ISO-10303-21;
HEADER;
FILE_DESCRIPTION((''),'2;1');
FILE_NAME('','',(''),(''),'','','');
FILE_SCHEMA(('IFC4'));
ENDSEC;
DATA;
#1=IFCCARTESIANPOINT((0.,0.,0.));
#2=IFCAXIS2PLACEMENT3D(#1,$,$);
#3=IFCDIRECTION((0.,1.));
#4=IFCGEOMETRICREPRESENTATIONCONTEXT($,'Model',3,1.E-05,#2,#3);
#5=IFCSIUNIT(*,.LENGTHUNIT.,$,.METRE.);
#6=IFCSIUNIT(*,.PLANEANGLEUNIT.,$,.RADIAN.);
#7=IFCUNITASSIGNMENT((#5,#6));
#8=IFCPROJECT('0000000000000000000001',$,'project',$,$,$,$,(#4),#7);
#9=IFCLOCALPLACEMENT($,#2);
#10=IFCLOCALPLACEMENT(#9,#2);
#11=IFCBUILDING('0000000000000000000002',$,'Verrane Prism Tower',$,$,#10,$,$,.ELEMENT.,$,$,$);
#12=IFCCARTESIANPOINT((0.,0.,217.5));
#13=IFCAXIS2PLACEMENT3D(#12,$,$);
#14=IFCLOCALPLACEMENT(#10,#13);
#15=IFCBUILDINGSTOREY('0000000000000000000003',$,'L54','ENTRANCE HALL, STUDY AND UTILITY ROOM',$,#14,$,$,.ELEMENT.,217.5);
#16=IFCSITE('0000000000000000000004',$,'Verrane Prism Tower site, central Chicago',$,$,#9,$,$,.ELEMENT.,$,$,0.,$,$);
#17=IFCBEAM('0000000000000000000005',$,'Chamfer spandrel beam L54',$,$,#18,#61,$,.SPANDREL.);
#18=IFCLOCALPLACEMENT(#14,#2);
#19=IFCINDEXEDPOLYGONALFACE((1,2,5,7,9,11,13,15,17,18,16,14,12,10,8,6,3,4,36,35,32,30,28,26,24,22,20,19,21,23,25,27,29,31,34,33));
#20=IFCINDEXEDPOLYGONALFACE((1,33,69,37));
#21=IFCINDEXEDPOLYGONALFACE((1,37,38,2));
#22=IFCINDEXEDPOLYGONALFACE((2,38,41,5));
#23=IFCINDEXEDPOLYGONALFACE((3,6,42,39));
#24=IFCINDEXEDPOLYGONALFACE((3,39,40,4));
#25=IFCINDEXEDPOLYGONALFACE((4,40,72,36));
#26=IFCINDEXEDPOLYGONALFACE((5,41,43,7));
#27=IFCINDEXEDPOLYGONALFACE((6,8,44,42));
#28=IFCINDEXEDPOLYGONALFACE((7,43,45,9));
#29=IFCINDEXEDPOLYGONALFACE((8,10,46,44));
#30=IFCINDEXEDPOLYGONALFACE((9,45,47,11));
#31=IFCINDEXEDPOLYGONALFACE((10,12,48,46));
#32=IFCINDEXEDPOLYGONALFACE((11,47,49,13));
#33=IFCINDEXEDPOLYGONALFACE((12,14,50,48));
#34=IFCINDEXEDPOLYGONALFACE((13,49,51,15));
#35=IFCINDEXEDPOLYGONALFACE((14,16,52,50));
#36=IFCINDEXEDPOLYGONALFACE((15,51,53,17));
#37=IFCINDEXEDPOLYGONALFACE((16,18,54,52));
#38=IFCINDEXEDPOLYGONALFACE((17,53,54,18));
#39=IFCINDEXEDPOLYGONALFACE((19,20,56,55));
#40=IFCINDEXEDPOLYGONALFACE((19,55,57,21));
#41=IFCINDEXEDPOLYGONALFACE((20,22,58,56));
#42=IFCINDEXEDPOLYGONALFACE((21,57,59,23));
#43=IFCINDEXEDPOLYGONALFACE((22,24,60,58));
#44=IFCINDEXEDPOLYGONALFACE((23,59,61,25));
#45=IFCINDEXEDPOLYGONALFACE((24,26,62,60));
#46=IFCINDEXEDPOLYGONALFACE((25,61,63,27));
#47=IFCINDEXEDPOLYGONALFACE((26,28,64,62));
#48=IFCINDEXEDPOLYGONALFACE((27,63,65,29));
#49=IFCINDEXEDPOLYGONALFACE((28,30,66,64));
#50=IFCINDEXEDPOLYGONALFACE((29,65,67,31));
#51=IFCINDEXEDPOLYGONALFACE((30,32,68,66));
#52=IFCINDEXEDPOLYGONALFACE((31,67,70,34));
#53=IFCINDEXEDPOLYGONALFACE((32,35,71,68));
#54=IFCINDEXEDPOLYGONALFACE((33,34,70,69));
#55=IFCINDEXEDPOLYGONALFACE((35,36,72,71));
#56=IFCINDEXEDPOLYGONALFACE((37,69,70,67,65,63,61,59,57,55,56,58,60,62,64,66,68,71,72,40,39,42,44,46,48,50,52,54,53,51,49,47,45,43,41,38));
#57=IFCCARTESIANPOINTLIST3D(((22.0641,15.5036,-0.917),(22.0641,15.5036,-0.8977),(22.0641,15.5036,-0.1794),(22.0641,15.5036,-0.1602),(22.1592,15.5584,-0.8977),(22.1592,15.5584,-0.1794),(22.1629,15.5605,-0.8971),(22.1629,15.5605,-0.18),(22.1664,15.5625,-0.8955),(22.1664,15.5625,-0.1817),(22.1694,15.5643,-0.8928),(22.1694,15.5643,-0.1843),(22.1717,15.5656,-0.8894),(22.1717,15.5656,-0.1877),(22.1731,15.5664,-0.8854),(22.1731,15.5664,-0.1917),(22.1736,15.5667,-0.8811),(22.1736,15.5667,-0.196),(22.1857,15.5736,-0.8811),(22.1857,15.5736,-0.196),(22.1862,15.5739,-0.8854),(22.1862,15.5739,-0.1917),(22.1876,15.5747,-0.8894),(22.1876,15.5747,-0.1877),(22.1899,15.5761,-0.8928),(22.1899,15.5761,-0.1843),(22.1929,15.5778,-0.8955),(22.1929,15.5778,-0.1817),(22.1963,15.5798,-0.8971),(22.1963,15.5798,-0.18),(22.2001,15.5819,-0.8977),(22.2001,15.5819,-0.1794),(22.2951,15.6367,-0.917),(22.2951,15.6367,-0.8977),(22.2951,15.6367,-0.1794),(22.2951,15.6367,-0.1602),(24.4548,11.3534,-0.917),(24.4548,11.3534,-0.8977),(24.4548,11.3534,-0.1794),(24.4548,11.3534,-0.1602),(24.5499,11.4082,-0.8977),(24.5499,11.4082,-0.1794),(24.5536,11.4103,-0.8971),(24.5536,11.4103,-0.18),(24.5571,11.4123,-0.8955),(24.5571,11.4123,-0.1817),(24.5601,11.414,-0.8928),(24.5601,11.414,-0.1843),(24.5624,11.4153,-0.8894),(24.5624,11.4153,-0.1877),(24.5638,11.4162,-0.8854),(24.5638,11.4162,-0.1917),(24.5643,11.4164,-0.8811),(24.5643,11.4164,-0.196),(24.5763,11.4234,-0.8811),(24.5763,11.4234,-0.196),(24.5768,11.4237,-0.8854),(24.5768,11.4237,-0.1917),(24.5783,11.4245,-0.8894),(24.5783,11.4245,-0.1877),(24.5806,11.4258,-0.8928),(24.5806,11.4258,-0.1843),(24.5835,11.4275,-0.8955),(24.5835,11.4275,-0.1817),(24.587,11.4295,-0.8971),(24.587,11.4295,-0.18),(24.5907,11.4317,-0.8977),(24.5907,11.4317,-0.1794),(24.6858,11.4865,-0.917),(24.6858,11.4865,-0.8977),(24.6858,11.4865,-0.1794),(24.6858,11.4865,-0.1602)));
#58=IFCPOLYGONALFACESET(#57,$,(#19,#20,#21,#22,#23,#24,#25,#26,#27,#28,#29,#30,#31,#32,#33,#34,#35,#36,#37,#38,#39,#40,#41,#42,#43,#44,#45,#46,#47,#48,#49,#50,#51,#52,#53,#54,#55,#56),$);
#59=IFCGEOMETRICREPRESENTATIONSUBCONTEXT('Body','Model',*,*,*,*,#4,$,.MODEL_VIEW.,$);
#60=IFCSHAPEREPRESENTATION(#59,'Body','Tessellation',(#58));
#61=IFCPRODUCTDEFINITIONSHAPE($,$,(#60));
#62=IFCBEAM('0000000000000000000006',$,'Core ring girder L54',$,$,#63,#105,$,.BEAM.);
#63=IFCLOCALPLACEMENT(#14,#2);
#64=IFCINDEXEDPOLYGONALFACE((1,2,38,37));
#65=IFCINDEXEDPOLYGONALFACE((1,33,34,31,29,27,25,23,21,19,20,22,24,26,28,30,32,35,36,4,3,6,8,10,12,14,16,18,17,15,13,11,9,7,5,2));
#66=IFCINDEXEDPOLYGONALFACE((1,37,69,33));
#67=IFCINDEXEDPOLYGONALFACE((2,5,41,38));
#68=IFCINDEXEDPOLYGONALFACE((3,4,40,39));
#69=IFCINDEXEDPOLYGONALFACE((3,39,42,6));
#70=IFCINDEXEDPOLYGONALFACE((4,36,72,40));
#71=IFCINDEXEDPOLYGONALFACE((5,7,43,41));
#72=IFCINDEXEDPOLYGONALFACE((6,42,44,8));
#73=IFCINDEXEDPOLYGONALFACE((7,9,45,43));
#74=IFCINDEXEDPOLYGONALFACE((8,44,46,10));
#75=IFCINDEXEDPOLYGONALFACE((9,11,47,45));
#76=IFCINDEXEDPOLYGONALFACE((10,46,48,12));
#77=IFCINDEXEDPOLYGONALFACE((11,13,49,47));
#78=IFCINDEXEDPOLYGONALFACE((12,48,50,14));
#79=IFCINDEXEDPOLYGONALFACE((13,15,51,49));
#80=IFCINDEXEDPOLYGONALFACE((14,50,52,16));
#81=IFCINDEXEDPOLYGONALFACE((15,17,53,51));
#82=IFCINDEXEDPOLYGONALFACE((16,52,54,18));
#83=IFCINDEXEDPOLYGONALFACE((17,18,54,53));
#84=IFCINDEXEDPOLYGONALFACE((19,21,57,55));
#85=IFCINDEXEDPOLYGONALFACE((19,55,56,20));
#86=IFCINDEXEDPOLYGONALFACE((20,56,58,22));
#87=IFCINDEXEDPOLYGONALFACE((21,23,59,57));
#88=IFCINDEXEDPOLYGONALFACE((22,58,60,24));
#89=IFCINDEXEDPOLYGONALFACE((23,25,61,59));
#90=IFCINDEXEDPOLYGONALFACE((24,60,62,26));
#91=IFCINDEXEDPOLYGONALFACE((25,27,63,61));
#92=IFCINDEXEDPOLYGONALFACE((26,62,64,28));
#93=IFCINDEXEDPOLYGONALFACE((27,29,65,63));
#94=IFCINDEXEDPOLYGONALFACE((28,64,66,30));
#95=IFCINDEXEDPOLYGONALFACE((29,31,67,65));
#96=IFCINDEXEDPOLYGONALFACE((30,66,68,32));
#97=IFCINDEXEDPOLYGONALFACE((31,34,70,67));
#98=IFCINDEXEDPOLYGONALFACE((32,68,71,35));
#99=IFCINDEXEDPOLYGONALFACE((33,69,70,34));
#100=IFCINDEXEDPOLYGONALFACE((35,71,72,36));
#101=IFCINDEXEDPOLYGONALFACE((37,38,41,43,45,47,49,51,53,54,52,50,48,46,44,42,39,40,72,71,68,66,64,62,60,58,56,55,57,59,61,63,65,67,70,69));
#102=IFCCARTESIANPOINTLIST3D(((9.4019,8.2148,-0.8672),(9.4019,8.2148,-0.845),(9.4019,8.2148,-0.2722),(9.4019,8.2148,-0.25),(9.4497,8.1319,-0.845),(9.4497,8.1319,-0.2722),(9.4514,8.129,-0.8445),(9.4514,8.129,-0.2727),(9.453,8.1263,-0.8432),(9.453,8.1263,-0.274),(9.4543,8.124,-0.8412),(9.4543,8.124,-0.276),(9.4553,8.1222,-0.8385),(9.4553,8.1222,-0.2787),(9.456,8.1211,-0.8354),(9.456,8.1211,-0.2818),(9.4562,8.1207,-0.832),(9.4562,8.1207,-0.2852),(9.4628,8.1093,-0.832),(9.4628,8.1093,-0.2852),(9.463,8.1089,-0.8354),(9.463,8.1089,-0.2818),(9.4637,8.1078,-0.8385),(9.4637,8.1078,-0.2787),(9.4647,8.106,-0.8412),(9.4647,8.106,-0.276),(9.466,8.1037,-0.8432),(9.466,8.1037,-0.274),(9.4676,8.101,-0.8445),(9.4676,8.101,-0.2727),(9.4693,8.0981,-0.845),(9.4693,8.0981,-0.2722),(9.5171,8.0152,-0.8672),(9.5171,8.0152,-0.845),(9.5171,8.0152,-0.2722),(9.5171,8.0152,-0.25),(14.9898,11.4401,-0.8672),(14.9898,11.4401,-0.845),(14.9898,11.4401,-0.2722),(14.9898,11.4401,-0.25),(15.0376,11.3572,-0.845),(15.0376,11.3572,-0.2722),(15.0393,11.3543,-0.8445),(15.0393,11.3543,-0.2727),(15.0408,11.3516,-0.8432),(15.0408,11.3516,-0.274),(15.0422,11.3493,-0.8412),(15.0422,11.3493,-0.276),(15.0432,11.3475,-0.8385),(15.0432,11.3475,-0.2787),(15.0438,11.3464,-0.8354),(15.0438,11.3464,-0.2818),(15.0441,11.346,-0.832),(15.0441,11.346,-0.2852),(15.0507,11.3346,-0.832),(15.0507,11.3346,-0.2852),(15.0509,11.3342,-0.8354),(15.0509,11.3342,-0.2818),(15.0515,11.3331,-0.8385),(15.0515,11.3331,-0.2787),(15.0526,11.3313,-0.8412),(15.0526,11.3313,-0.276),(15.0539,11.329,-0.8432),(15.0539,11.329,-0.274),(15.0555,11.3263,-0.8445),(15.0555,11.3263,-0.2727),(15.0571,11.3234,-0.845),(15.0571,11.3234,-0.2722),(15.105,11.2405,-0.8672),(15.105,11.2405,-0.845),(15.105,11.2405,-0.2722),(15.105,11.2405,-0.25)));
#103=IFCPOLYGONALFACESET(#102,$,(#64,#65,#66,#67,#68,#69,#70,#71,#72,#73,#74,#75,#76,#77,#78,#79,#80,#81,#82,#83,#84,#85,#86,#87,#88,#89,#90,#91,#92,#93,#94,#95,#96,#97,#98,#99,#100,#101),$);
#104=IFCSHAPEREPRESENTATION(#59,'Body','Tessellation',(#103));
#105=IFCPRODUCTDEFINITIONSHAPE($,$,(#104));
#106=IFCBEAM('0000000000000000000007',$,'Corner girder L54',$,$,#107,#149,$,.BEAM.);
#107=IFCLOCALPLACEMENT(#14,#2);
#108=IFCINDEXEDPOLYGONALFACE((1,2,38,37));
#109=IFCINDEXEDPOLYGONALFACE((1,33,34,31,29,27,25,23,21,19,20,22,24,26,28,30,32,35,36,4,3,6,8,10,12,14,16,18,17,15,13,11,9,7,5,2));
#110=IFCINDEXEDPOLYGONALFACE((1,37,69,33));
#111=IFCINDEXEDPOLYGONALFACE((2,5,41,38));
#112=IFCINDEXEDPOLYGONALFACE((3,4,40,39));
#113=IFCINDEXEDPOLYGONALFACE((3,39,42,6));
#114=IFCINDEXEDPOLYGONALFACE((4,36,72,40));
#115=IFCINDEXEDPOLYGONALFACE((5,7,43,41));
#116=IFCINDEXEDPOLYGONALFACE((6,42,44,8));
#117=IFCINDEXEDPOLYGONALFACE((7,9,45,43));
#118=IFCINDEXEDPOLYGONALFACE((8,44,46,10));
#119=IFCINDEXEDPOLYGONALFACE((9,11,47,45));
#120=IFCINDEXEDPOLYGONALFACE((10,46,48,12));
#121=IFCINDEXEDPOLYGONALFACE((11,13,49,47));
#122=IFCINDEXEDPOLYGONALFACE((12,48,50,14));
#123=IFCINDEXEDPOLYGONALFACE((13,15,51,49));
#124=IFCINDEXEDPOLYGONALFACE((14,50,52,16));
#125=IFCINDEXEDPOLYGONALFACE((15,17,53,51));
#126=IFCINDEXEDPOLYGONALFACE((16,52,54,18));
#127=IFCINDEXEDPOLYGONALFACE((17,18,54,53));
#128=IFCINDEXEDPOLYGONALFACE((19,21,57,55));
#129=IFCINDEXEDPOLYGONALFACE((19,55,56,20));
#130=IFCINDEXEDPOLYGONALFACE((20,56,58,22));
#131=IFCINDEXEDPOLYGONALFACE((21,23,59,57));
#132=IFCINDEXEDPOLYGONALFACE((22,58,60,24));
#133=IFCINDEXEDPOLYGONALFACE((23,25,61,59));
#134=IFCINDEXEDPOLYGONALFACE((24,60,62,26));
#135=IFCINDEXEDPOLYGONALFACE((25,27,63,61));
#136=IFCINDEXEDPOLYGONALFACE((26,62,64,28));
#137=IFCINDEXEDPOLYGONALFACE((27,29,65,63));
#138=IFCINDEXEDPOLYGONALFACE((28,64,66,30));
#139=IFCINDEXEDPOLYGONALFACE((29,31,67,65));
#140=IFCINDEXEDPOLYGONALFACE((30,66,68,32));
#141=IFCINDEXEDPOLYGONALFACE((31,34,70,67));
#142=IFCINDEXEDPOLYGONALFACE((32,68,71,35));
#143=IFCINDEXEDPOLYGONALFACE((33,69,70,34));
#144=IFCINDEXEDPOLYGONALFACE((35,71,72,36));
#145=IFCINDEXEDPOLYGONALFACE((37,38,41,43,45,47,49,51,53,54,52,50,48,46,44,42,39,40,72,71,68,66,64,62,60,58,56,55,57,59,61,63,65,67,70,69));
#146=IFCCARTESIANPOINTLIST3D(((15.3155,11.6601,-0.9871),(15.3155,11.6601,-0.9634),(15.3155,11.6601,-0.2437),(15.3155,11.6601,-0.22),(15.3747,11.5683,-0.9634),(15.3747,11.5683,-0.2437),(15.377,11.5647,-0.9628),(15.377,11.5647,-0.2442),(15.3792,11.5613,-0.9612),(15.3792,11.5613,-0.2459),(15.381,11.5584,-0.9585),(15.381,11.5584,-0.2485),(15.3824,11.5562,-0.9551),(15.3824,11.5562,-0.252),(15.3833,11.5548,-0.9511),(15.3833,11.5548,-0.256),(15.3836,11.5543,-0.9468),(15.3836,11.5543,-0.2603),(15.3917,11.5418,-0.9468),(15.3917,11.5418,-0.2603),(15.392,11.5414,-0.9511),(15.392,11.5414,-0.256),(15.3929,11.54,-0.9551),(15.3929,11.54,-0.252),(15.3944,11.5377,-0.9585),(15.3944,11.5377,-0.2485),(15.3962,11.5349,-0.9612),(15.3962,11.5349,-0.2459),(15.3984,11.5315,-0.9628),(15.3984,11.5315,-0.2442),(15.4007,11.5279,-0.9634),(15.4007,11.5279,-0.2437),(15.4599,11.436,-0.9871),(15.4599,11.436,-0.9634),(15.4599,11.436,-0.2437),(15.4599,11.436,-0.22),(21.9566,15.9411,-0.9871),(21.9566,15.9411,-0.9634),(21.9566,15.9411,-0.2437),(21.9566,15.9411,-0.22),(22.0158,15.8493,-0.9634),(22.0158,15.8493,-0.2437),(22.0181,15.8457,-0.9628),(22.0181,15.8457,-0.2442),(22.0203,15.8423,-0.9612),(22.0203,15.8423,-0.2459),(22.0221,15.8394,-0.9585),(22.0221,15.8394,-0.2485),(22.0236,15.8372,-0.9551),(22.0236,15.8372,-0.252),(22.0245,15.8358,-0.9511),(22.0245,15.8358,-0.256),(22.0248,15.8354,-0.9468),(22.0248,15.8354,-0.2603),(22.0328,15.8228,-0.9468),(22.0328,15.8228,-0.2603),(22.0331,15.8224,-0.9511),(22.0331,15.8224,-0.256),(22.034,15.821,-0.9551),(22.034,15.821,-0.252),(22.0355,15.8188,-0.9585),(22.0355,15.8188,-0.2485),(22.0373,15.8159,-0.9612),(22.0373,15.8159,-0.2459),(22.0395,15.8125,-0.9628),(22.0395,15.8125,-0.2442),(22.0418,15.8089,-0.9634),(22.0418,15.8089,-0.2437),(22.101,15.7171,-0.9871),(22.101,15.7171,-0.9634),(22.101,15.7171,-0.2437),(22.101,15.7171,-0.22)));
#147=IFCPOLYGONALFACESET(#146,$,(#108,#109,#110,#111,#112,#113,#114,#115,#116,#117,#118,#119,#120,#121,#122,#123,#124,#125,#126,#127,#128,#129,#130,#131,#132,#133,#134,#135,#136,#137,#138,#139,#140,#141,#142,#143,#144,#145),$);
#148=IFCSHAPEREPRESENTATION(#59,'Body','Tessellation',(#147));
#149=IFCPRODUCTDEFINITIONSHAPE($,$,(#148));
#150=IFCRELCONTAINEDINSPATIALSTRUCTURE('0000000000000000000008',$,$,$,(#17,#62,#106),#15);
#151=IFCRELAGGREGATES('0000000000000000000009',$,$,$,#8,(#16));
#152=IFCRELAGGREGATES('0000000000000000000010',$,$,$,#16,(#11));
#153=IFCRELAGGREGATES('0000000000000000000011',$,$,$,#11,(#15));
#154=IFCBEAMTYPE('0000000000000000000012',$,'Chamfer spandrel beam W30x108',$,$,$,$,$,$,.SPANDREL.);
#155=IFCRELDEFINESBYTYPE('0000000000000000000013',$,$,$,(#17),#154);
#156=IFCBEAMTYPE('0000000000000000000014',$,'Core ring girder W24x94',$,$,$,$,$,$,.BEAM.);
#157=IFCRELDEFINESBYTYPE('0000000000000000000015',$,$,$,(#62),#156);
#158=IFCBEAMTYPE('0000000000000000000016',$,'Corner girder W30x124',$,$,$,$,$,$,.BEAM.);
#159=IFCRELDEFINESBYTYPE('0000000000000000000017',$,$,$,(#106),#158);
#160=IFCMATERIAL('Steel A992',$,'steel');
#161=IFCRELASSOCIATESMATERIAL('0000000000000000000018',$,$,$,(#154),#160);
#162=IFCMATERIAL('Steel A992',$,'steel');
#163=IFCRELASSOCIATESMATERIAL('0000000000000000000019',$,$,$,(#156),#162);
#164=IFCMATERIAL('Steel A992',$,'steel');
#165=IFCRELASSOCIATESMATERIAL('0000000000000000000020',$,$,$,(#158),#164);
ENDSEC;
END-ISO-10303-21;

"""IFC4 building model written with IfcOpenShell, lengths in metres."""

from ifc_helpers import new_model, si_unit, direction, frame, origin, origin_2d, place, context, subcontext, project, spatial, i_section, extrude, material, material_profile, profile_set, type_object, element, save


model = new_model("IFC4")

# Units and contexts
model_context = context("Model", 3, precision=1e-05, world=origin(), true_north=direction((0.0, 1.0)))
body_context = subcontext(model_context, "Body", "Model", "MODEL_VIEW")
ifc_project = project(units=[si_unit("LENGTHUNIT", "METRE"), si_unit("PLANEANGLEUNIT", "RADIAN")], contexts=[model_context])

# Site, building, storey
site_placement = place(None, origin())
site = spatial("IfcSite", under=ifc_project, at=site_placement, Name="Verrane Prism Tower site, central Chicago", CompositionType="ELEMENT", RefElevation=0.0)
building_placement = place(site_placement, origin())
building = spatial("IfcBuilding", under=site, at=building_placement, Name="Verrane Prism Tower", CompositionType="ELEMENT")
storey_placement = place(building_placement, frame((0.0, 0.0, 217.5)))
storey = spatial("IfcBuildingStorey", under=building, at=storey_placement, Name="L54", Description="ENTRANCE HALL, STUDY AND UTILITY ROOM", CompositionType="ELEMENT", Elevation=217.5)

# Beams
ifc_material_1 = material(Name="Steel A992", Category="steel")
ifc_material_profile_1 = material_profile(ifc_material_1, i_section(OverallWidth=0.2666, OverallDepth=0.7568, WebThickness=0.0139, FlangeThickness=0.0193, FilletRadius=0.0166, at=origin_2d()), Name="W30x108")
ifc_profile_set_1 = profile_set([ifc_material_profile_1], Name="Steel A992")
beam_type_1 = type_object("IfcBeamType", Name="Chamfer spandrel beam W30x108", PredefinedType="SPANDREL", material=ifc_profile_set_1)
beam_1_placement = place(storey_placement, frame((24.5703, 11.4199, -0.5386), z_axis=(-0.499144, 0.866519, 0.0), x_axis=(-0.866519, -0.499144, 0.0)))
element("IfcBeam", 1, at=beam_1_placement, inside=storey, type_object=beam_type_1, Name="Chamfer spandrel beam L54", PredefinedType="SPANDREL", context=body_context, shape_type="SweptSolid", body=[
    extrude(i_section(OverallWidth=0.2666, OverallDepth=0.7568, WebThickness=0.0139, FlangeThickness=0.0193, FilletRadius=0.0166, at=origin_2d()), origin(), (0.0, 0.0, 1.0), 4.7896),
])
ifc_material_2 = material(Name="Steel A992", Category="steel")
ifc_material_profile_2 = material_profile(ifc_material_2, i_section(OverallWidth=0.2305, OverallDepth=0.6172, WebThickness=0.0132, FlangeThickness=0.0222, FilletRadius=0.0129, at=origin_2d()), Name="W24x94")
ifc_profile_set_2 = profile_set([ifc_material_profile_2], Name="Steel A992")
beam_type_2 = type_object("IfcBeamType", Name="Core ring girder W24x94", PredefinedType="BEAM", material=ifc_profile_set_2)
beam_2_placement = place(storey_placement, frame((15.0474, 11.3403, -0.5586), z_axis=(-0.866081, -0.499904, 0.0), x_axis=(0.499904, -0.866081, 0.0)))
element("IfcBeam", 2, at=beam_2_placement, inside=storey, type_object=beam_type_2, Name="Core ring girder L54", PredefinedType="BEAM", context=body_context, shape_type="SweptSolid", body=[
    extrude(i_section(OverallWidth=0.2305, OverallDepth=0.6172, WebThickness=0.0132, FlangeThickness=0.0222, FilletRadius=0.0129, at=origin_2d()), origin(), (0.0, 0.0, 1.0), 6.4519),
])
ifc_material_3 = material(Name="Steel A992", Category="steel")
ifc_material_profile_3 = material_profile(ifc_material_3, i_section(OverallWidth=0.2666, OverallDepth=0.7671, WebThickness=0.0149, FlangeThickness=0.0237, FilletRadius=0.0166, at=origin_2d()), Name="W30x124")
ifc_profile_set_3 = profile_set([ifc_material_profile_3], Name="Steel A992")
beam_type_3 = type_object("IfcBeamType", Name="Corner girder W30x124", PredefinedType="BEAM", material=ifc_profile_set_3)
beam_3_placement = place(storey_placement, frame((22.0288, 15.8291, -0.6035), z_axis=(-0.840503, -0.541807, 0.0), x_axis=(0.541807, -0.840503, 0.0)))
element("IfcBeam", 3, at=beam_3_placement, inside=storey, type_object=beam_type_3, Name="Corner girder L54", PredefinedType="BEAM", context=body_context, shape_type="SweptSolid", body=[
    extrude(i_section(OverallWidth=0.2666, OverallDepth=0.7671, WebThickness=0.0149, FlangeThickness=0.0237, FilletRadius=0.0166, at=origin_2d()), origin(), (0.0, 0.0, 1.0), 7.9014),
])

save(model, "model.ifc")
